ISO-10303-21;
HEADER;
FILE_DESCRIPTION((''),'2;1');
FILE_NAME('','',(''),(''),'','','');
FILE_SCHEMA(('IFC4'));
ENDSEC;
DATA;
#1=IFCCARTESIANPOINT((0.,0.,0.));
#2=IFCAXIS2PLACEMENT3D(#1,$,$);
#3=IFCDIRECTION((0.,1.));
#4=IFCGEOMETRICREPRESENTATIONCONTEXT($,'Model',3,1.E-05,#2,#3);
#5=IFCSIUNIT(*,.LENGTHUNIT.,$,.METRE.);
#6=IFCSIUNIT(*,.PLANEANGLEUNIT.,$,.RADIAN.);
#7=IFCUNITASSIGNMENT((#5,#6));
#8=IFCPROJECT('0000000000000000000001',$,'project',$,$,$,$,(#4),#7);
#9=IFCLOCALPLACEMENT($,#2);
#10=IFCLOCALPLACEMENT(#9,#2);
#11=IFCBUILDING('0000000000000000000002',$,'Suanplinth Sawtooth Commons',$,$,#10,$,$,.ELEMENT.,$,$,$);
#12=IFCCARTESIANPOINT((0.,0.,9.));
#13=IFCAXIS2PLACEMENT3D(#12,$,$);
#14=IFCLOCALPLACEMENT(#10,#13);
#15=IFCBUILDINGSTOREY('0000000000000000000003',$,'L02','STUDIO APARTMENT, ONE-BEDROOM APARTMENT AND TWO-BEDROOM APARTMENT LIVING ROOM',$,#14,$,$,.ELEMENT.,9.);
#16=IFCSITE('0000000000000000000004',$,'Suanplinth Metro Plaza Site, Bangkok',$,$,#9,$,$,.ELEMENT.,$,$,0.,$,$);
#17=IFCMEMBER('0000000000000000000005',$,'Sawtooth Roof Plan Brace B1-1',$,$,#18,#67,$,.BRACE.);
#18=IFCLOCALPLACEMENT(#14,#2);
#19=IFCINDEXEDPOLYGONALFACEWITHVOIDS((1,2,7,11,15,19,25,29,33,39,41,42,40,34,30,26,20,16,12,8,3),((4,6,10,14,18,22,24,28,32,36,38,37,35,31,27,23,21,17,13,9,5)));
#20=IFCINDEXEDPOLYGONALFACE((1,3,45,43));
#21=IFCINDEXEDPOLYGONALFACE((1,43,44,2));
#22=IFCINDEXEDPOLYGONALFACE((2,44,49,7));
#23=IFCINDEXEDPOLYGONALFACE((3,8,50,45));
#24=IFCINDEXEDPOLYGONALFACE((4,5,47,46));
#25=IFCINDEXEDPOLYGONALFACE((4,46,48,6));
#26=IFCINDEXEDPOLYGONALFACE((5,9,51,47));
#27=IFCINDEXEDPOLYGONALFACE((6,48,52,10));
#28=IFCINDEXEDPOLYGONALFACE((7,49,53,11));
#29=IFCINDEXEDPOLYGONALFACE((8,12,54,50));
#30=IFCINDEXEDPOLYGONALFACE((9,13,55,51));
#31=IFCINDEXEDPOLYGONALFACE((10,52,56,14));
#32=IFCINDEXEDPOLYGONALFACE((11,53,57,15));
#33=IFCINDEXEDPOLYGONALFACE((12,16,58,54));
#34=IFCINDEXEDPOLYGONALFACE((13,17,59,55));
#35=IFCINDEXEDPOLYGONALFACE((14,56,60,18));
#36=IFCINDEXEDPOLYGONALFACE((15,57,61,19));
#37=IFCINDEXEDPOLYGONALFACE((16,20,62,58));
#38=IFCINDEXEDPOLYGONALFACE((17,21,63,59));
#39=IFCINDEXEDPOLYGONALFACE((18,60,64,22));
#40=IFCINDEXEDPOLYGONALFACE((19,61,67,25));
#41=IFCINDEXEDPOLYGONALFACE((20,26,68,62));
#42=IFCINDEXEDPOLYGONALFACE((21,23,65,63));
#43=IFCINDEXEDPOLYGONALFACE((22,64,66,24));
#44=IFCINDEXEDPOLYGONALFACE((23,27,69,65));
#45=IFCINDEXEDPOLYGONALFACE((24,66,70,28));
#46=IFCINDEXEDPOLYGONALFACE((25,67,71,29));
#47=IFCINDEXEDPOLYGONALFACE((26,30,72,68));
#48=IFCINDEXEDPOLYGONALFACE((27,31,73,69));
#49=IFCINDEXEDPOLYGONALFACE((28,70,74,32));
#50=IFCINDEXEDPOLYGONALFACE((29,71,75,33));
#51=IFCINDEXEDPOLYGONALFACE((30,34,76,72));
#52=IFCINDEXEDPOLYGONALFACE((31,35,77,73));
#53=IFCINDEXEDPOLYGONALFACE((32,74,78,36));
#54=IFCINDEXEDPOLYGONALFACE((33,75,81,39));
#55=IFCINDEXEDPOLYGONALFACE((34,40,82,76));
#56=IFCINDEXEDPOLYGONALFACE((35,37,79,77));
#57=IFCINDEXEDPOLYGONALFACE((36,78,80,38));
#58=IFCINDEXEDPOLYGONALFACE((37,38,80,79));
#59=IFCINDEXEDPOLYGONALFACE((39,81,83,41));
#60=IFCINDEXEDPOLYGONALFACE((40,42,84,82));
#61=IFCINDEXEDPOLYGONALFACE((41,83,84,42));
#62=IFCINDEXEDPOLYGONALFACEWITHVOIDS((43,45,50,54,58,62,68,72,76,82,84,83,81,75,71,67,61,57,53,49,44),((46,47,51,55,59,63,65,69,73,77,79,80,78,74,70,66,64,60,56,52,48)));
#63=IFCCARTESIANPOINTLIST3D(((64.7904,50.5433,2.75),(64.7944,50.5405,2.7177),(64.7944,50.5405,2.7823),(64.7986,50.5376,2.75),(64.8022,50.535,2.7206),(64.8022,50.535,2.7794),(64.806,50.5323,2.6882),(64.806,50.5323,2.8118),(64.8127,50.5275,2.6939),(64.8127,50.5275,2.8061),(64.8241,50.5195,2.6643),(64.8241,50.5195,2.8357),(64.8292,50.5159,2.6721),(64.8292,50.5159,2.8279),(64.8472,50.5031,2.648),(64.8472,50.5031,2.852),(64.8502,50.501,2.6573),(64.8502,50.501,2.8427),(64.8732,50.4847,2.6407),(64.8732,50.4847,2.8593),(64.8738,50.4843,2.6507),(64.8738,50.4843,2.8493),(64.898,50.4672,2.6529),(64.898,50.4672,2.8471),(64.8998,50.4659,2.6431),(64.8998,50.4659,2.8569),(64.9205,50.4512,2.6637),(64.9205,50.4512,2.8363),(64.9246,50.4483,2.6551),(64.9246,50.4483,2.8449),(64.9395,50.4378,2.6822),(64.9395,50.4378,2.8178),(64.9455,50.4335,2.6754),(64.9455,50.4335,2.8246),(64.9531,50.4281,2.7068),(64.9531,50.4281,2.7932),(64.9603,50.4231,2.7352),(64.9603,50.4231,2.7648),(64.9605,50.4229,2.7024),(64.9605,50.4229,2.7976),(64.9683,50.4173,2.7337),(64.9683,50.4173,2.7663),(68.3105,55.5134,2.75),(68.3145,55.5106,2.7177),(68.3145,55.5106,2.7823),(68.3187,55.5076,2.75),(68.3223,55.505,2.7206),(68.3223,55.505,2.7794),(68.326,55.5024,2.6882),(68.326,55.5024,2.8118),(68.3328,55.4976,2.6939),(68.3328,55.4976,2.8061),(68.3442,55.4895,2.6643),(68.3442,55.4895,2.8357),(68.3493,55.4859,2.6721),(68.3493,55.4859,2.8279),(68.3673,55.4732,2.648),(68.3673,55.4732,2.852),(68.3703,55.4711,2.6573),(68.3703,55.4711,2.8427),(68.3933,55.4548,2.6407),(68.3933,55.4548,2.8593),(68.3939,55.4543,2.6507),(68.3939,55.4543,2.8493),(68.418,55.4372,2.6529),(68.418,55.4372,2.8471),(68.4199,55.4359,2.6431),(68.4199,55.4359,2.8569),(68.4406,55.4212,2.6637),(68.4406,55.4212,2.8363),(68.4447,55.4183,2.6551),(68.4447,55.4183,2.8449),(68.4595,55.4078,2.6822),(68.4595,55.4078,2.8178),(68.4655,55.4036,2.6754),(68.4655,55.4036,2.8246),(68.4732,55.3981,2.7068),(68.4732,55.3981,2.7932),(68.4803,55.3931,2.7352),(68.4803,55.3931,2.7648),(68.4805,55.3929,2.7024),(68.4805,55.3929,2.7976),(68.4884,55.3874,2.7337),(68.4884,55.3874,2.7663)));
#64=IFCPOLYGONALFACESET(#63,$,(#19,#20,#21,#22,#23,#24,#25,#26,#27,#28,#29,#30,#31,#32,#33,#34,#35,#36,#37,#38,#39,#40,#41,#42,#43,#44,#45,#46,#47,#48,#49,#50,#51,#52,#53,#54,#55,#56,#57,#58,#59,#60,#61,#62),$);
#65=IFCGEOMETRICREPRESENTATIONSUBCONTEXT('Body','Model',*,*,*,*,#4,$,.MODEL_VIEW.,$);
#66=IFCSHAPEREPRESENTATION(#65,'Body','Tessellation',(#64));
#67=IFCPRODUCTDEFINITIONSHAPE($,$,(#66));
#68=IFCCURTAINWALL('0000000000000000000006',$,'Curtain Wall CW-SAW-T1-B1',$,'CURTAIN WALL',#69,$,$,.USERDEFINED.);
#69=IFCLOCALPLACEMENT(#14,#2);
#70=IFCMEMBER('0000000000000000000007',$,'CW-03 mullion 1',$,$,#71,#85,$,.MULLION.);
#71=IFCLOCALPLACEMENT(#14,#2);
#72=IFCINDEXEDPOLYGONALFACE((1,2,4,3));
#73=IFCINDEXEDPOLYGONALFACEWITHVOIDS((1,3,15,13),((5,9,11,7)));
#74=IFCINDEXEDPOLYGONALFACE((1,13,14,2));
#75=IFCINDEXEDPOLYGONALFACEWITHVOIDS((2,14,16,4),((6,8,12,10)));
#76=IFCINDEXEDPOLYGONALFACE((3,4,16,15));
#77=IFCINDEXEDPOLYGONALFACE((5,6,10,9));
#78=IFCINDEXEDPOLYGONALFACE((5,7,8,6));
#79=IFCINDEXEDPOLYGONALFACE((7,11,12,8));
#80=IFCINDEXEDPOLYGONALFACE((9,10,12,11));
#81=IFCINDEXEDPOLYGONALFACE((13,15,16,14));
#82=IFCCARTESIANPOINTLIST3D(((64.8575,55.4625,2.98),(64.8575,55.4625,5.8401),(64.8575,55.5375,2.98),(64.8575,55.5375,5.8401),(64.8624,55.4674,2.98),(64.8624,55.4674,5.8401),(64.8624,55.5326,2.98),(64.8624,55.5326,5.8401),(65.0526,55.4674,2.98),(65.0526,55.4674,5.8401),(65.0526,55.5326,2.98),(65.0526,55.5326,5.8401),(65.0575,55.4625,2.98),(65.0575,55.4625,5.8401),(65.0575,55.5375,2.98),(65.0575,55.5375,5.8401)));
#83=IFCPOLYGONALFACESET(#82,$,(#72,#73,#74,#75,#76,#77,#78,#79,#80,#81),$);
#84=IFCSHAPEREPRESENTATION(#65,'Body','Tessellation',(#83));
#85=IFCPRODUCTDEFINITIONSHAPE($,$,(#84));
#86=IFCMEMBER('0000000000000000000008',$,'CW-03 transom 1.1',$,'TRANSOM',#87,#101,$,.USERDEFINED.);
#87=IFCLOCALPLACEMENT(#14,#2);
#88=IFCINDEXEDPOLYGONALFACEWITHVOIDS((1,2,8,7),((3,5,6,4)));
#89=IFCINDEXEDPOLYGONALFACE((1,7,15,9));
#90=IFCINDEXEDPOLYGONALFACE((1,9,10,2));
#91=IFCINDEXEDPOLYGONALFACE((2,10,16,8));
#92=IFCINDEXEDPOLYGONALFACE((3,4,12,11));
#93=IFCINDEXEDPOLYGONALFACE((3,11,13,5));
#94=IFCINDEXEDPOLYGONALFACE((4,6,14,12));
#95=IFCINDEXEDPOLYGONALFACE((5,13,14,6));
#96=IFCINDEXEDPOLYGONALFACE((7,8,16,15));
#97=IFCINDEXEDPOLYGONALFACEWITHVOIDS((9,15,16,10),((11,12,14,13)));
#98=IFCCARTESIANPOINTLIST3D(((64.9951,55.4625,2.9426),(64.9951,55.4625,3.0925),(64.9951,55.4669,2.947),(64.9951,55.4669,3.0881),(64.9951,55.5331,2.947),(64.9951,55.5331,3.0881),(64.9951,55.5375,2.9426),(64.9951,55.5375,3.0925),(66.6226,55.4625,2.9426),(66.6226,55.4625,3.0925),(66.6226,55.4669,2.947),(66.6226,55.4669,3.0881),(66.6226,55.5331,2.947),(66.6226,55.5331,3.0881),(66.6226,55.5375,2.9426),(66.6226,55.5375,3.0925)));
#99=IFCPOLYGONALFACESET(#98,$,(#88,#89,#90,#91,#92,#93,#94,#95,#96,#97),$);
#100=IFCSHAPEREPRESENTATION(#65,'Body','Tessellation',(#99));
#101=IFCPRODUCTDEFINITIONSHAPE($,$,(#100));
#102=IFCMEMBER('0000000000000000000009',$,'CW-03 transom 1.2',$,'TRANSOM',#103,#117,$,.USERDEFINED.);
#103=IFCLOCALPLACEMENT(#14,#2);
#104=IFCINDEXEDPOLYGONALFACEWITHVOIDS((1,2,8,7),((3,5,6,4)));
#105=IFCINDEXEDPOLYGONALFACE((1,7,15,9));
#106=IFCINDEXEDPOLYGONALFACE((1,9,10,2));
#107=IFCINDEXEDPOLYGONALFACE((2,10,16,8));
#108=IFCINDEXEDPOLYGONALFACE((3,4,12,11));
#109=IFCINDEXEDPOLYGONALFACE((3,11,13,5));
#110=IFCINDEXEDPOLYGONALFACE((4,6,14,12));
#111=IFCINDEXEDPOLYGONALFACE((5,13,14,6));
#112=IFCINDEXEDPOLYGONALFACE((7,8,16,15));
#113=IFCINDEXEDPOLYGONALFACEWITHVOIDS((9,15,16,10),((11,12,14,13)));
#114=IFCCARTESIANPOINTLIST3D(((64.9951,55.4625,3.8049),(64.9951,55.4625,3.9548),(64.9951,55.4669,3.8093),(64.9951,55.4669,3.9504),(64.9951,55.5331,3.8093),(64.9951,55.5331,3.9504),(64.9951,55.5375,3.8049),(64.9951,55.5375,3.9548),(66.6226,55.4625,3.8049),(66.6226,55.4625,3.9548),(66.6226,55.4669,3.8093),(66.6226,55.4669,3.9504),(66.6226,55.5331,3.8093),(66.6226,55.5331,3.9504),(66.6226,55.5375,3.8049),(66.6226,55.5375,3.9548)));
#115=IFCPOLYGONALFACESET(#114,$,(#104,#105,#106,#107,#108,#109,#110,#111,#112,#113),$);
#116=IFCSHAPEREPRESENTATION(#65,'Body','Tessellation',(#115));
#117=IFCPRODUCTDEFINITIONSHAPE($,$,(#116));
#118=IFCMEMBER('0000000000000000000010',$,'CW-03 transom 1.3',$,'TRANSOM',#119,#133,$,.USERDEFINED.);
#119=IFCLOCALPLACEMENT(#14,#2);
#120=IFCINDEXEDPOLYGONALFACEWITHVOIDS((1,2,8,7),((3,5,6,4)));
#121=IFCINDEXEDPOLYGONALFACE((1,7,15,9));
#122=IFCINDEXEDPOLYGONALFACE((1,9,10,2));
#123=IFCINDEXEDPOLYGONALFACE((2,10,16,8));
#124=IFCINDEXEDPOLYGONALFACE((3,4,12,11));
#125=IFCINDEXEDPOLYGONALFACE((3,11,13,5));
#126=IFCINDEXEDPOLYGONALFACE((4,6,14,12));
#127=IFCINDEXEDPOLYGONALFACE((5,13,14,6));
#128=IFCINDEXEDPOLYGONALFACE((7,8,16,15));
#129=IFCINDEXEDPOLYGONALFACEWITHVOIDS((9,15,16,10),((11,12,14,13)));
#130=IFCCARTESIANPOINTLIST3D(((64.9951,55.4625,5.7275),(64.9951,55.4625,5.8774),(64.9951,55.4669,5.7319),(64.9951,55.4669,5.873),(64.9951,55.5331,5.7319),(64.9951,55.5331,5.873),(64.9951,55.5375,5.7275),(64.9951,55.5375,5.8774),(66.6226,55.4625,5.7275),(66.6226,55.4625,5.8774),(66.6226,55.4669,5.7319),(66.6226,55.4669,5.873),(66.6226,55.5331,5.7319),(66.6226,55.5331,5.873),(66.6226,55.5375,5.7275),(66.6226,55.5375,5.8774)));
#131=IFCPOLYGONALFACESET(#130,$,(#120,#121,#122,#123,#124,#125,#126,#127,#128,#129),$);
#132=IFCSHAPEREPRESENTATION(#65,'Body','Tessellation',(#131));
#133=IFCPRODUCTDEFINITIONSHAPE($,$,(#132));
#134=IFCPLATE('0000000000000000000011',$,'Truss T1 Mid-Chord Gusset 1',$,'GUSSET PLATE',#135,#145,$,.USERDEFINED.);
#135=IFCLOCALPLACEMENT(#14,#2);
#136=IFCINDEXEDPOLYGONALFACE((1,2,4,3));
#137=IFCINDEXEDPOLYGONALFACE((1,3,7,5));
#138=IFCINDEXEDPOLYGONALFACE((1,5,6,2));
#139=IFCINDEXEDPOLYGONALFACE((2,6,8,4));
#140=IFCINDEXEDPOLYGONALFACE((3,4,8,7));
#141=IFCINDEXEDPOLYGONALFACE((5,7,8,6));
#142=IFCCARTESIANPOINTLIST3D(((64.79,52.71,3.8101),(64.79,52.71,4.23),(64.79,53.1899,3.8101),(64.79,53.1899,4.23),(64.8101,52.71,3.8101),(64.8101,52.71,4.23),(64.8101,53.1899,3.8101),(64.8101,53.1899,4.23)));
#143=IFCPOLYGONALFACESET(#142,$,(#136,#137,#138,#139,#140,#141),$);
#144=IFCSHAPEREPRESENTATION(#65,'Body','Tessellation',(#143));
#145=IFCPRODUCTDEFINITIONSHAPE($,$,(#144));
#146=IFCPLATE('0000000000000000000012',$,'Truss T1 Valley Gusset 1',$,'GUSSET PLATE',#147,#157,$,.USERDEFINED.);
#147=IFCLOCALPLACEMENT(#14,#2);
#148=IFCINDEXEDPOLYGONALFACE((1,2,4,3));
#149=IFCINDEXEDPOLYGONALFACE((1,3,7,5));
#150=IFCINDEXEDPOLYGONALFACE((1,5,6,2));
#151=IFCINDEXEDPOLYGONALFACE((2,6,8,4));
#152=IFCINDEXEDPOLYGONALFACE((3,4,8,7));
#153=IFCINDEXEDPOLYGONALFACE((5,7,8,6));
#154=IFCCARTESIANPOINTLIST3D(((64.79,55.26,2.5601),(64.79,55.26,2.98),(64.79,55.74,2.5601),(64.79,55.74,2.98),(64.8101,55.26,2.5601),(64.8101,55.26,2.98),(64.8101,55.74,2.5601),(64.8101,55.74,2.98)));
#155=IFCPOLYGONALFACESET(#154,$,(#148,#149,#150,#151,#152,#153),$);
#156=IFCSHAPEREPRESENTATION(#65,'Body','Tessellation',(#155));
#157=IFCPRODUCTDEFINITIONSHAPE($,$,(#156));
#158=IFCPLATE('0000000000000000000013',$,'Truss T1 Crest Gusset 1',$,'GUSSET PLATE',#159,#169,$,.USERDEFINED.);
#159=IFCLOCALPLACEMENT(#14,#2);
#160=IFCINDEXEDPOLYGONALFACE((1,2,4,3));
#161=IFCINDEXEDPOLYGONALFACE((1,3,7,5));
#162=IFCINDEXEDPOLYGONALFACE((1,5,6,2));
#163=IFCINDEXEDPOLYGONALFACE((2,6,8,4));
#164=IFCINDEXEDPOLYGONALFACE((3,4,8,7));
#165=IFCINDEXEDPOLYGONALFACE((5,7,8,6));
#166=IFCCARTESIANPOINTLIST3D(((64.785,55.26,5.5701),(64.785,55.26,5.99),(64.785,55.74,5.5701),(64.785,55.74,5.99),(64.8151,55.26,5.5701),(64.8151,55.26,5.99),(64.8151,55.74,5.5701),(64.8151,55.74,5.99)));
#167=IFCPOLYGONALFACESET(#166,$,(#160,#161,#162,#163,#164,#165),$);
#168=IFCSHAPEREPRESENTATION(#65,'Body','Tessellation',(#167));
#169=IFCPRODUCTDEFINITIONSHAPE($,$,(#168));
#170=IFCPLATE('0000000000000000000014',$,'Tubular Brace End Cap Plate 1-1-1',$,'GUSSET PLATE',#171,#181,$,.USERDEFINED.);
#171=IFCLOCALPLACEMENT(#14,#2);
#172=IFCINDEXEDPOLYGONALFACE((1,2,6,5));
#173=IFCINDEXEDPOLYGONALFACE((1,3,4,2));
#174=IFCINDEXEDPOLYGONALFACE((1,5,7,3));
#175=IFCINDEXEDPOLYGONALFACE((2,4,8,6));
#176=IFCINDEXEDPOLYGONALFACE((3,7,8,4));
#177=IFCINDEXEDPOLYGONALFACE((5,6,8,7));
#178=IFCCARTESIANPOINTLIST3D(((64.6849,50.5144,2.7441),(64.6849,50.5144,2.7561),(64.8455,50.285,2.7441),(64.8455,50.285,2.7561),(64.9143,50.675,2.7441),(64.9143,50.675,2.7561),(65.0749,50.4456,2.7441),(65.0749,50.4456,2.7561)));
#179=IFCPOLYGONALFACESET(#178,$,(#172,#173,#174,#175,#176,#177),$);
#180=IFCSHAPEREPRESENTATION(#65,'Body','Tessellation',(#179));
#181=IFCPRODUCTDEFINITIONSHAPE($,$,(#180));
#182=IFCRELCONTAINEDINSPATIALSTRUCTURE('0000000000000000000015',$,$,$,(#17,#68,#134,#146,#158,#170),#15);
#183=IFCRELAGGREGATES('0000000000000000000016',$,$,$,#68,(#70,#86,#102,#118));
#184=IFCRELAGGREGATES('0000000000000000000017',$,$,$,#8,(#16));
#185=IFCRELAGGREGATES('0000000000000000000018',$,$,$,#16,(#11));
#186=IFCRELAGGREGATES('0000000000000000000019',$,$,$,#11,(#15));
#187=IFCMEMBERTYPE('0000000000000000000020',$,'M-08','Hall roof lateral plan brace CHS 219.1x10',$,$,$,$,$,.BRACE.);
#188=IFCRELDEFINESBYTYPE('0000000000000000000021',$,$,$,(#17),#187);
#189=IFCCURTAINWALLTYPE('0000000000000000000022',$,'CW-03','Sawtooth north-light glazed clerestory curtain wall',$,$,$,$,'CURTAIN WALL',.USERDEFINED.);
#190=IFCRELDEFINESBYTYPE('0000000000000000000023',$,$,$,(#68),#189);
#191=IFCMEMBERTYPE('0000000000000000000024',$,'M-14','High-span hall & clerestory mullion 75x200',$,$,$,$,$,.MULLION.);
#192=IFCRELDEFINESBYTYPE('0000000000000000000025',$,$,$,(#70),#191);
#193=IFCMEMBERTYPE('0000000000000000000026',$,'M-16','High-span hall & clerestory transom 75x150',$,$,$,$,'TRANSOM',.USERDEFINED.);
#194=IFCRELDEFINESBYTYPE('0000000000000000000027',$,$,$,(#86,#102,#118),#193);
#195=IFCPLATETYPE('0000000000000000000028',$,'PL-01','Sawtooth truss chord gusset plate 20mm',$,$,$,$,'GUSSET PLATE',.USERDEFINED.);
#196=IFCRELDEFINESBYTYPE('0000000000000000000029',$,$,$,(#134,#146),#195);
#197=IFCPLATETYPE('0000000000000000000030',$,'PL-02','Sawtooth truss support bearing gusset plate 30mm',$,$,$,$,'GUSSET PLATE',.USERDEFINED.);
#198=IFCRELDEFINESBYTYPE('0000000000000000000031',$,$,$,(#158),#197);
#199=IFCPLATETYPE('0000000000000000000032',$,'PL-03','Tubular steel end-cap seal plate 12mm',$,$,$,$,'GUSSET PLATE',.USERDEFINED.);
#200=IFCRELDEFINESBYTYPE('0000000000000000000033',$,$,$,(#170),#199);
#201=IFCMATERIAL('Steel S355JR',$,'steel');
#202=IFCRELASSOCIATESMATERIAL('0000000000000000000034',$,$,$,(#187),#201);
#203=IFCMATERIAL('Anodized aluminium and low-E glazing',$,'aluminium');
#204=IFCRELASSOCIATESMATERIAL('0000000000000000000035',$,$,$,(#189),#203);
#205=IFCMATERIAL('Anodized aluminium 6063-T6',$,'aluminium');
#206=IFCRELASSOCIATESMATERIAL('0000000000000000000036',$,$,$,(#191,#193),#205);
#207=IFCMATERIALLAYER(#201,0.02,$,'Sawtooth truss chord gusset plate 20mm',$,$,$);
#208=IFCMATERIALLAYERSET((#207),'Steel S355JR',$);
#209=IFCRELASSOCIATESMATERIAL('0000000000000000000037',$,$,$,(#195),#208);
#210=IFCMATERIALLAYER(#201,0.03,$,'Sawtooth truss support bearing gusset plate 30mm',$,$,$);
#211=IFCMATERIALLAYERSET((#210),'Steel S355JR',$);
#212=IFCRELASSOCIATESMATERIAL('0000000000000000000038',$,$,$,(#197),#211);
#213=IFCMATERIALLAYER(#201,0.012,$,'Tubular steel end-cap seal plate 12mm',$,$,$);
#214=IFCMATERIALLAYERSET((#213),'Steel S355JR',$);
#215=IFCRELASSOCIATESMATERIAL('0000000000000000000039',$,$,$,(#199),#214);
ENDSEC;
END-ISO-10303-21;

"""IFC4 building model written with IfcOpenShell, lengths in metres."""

from ifc_helpers import new_model, si_unit, direction, frame, origin, origin_2d, place, context, subcontext, project, spatial, rectangle, hollow_rectangle, hollow_circle, extrude, material, layer, layer_set, material_profile, profile_set, type_object, element, aggregate, save


model = new_model("IFC4")

# Units and contexts
model_context = context("Model", 3, precision=1e-05, world=origin(), true_north=direction((0.0, 1.0)))
body_context = subcontext(model_context, "Body", "Model", "MODEL_VIEW")
ifc_project = project(units=[si_unit("LENGTHUNIT", "METRE"), si_unit("PLANEANGLEUNIT", "RADIAN")], contexts=[model_context])

# Site, building, storey
site_placement = place(None, origin())
site = spatial("IfcSite", under=ifc_project, at=site_placement, Name="Suanplinth Metro Plaza Site, Bangkok", CompositionType="ELEMENT", RefElevation=0.0)
building_placement = place(site_placement, origin())
building = spatial("IfcBuilding", under=site, at=building_placement, Name="Suanplinth Sawtooth Commons", CompositionType="ELEMENT")
storey_placement = place(building_placement, frame((0.0, 0.0, 9.0)))
storey = spatial("IfcBuildingStorey", under=building, at=storey_placement, Name="L02", Description="STUDIO APARTMENT, ONE-BEDROOM APARTMENT AND TWO-BEDROOM APARTMENT LIVING ROOM", CompositionType="ELEMENT", Elevation=9.0)

# Shared definitions
ifc_material_1 = material(Name="Steel S355JR", Category="steel")

# Member
ifc_material_profile_1 = material_profile(ifc_material_1, hollow_circle(Radius=0.1096, WallThickness=0.01, at=origin_2d()), Name="CHS 219.1x10")
ifc_profile_set_1 = profile_set([ifc_material_profile_1], Name="Steel S355JR")
member_type_1 = type_object("IfcMemberType", Name="M-08", Description="Hall roof lateral plan brace CHS 219.1x10", PredefinedType="BRACE", material=ifc_profile_set_1)
member_1_placement = place(storey_placement, frame((64.8799, 50.48, 2.75), z_axis=(0.577976, 0.816054, 0.0), x_axis=(-0.816054, 0.577976, 0.0)))
element("IfcMember", 1, at=member_1_placement, inside=storey, type_object=member_type_1, Name="Sawtooth Roof Plan Brace B1-1", PredefinedType="BRACE", context=body_context, shape_type="SweptSolid", body=[
    extrude(hollow_circle(Radius=0.1096, WallThickness=0.01, at=origin_2d()), origin(), (0.0, 0.0, 1.0), 6.0903),
])

# Curtain wall, members
ifc_material_2 = material(Name="Anodized aluminium and low-E glazing", Category="aluminium")
curtain_wall_type = type_object("IfcCurtainWallType", Name="CW-03", Description="Sawtooth north-light glazed clerestory curtain wall", ElementType="CURTAIN WALL", PredefinedType="USERDEFINED", material=ifc_material_2)
curtain_wall_placement = place(storey_placement, origin())
curtain_wall = element("IfcCurtainWall", 2, at=curtain_wall_placement, inside=storey, type_object=curtain_wall_type, Name="Curtain Wall CW-SAW-T1-B1", ObjectType="CURTAIN WALL", PredefinedType="USERDEFINED")
ifc_material_3 = material(Name="Anodized aluminium 6063-T6", Category="aluminium")
ifc_material_profile_2 = material_profile(ifc_material_3, hollow_rectangle(XDim=0.075, YDim=0.2, WallThickness=0.0049, at=origin_2d()), Name="ALU-MUL 75x200")
ifc_profile_set_2 = profile_set([ifc_material_profile_2], Name="Anodized aluminium 6063-T6")
member_type_2 = type_object("IfcMemberType", Name="M-14", Description="High-span hall & clerestory mullion 75x200", PredefinedType="MULLION", material=ifc_profile_set_2)
member_2_placement = place(storey_placement, frame((64.9575, 55.5, 2.98), z_axis=(0.0, 0.0, 1.0), x_axis=(0.0, 1.0, 0.0)))
member_2 = element("IfcMember", 3, at=member_2_placement, type_object=member_type_2, Name="CW-03 mullion 1", PredefinedType="MULLION", context=body_context, shape_type="SweptSolid", body=[
    extrude(hollow_rectangle(XDim=0.075, YDim=0.2, WallThickness=0.0049, at=origin_2d()), origin(), (0.0, 0.0, 1.0), 2.8601),
])
ifc_material_profile_3 = material_profile(ifc_material_3, hollow_rectangle(XDim=0.075, YDim=0.1499, WallThickness=0.0044, at=origin_2d()), Name="ALU-TRN 75x150")
ifc_profile_set_3 = profile_set([ifc_material_profile_3], Name="Anodized aluminium 6063-T6")
member_type_3 = type_object("IfcMemberType", Name="M-16", Description="High-span hall & clerestory transom 75x150", ElementType="TRANSOM", PredefinedType="USERDEFINED", material=ifc_profile_set_3)
member_3_placement = place(storey_placement, frame((64.9951, 55.5, 3.0176), z_axis=(1.0, 0.0, 0.0), x_axis=(0.0, 1.0, 0.0)))
member_3 = element("IfcMember", 4, at=member_3_placement, type_object=member_type_3, Name="CW-03 transom 1.1", ObjectType="TRANSOM", PredefinedType="USERDEFINED", context=body_context, shape_type="SweptSolid", body=[
    extrude(hollow_rectangle(XDim=0.075, YDim=0.1499, WallThickness=0.0044, at=origin_2d()), origin(), (0.0, 0.0, 1.0), 1.6274),
])
member_4_placement = place(storey_placement, frame((64.9951, 55.5, 3.8799), z_axis=(1.0, 0.0, 0.0), x_axis=(0.0, 1.0, 0.0)))
member_4 = element("IfcMember", 5, at=member_4_placement, type_object=member_type_3, Name="CW-03 transom 1.2", ObjectType="TRANSOM", PredefinedType="USERDEFINED", context=body_context, shape_type="SweptSolid", body=[
    extrude(hollow_rectangle(XDim=0.075, YDim=0.1499, WallThickness=0.0044, at=origin_2d()), origin(), (0.0, 0.0, 1.0), 1.6274),
])
member_5_placement = place(storey_placement, frame((64.9951, 55.5, 5.8025), z_axis=(1.0, 0.0, 0.0), x_axis=(0.0, 1.0, 0.0)))
member_5 = element("IfcMember", 6, at=member_5_placement, type_object=member_type_3, Name="CW-03 transom 1.3", ObjectType="TRANSOM", PredefinedType="USERDEFINED", context=body_context, shape_type="SweptSolid", body=[
    extrude(hollow_rectangle(XDim=0.075, YDim=0.1499, WallThickness=0.0044, at=origin_2d()), origin(), (0.0, 0.0, 1.0), 1.6274),
])
aggregate(curtain_wall, [member_2, member_3, member_4, member_5])

# Plates
ifc_layer_1 = layer(ifc_material_1, 0.02, Name="Sawtooth truss chord gusset plate 20mm")
ifc_layer_set_1 = layer_set([ifc_layer_1], Name="Steel S355JR")
plate_type_1 = type_object("IfcPlateType", Name="PL-01", Description="Sawtooth truss chord gusset plate 20mm", ElementType="GUSSET PLATE", PredefinedType="USERDEFINED", material=ifc_layer_set_1)
for number, where, z_axis, x_axis, name in (
    (7, (64.8, 52.95, 3.8101), (0.0, 0.0, 1.0), (1.0, 0.0, 0.0), "Truss T1 Mid-Chord Gusset 1"),
    (8, (64.8, 55.5, 2.5601), (0.0, 0.0, 1.0), (1.0, 0.0, 0.0), "Truss T1 Valley Gusset 1"),
):
    element("IfcPlate", number, at=place(storey_placement, frame(where, z_axis=z_axis, x_axis=x_axis)), inside=storey, type_object=plate_type_1, Name=name, ObjectType="GUSSET PLATE", PredefinedType="USERDEFINED", context=body_context, shape_type="SweptSolid", body=[
        extrude(rectangle(XDim=0.02, YDim=0.48, at=origin_2d()), origin(), (0.0, 0.0, 1.0), 0.4199),
    ])
ifc_layer_2 = layer(ifc_material_1, 0.03, Name="Sawtooth truss support bearing gusset plate 30mm")
ifc_layer_set_2 = layer_set([ifc_layer_2], Name="Steel S355JR")
plate_type_2 = type_object("IfcPlateType", Name="PL-02", Description="Sawtooth truss support bearing gusset plate 30mm", ElementType="GUSSET PLATE", PredefinedType="USERDEFINED", material=ifc_layer_set_2)
plate_1_placement = place(storey_placement, frame((64.8, 55.5, 5.5701), z_axis=(0.0, 0.0, 1.0), x_axis=(1.0, 0.0, 0.0)))
element("IfcPlate", 9, at=plate_1_placement, inside=storey, type_object=plate_type_2, Name="Truss T1 Crest Gusset 1", ObjectType="GUSSET PLATE", PredefinedType="USERDEFINED", context=body_context, shape_type="SweptSolid", body=[
    extrude(rectangle(XDim=0.03, YDim=0.48, at=origin_2d()), origin(), (0.0, 0.0, 1.0), 0.4199),
])
ifc_layer_3 = layer(ifc_material_1, 0.012, Name="Tubular steel end-cap seal plate 12mm")
ifc_layer_set_3 = layer_set([ifc_layer_3], Name="Steel S355JR")
plate_type_3 = type_object("IfcPlateType", Name="PL-03", Description="Tubular steel end-cap seal plate 12mm", ElementType="GUSSET PLATE", PredefinedType="USERDEFINED", material=ifc_layer_set_3)
plate_2_placement = place(storey_placement, frame((64.8799, 50.48, 2.7441), z_axis=(0.0, 0.0, 1.0), x_axis=(0.819152, 0.573576, 0.0)))
element("IfcPlate", 10, at=plate_2_placement, inside=storey, type_object=plate_type_3, Name="Tubular Brace End Cap Plate 1-1-1", ObjectType="GUSSET PLATE", PredefinedType="USERDEFINED", context=body_context, shape_type="SweptSolid", body=[
    extrude(rectangle(XDim=0.28, YDim=0.28, at=origin_2d()), origin(), (0.0, 0.0, 1.0), 0.012),
])

save(model, "model.ifc")
